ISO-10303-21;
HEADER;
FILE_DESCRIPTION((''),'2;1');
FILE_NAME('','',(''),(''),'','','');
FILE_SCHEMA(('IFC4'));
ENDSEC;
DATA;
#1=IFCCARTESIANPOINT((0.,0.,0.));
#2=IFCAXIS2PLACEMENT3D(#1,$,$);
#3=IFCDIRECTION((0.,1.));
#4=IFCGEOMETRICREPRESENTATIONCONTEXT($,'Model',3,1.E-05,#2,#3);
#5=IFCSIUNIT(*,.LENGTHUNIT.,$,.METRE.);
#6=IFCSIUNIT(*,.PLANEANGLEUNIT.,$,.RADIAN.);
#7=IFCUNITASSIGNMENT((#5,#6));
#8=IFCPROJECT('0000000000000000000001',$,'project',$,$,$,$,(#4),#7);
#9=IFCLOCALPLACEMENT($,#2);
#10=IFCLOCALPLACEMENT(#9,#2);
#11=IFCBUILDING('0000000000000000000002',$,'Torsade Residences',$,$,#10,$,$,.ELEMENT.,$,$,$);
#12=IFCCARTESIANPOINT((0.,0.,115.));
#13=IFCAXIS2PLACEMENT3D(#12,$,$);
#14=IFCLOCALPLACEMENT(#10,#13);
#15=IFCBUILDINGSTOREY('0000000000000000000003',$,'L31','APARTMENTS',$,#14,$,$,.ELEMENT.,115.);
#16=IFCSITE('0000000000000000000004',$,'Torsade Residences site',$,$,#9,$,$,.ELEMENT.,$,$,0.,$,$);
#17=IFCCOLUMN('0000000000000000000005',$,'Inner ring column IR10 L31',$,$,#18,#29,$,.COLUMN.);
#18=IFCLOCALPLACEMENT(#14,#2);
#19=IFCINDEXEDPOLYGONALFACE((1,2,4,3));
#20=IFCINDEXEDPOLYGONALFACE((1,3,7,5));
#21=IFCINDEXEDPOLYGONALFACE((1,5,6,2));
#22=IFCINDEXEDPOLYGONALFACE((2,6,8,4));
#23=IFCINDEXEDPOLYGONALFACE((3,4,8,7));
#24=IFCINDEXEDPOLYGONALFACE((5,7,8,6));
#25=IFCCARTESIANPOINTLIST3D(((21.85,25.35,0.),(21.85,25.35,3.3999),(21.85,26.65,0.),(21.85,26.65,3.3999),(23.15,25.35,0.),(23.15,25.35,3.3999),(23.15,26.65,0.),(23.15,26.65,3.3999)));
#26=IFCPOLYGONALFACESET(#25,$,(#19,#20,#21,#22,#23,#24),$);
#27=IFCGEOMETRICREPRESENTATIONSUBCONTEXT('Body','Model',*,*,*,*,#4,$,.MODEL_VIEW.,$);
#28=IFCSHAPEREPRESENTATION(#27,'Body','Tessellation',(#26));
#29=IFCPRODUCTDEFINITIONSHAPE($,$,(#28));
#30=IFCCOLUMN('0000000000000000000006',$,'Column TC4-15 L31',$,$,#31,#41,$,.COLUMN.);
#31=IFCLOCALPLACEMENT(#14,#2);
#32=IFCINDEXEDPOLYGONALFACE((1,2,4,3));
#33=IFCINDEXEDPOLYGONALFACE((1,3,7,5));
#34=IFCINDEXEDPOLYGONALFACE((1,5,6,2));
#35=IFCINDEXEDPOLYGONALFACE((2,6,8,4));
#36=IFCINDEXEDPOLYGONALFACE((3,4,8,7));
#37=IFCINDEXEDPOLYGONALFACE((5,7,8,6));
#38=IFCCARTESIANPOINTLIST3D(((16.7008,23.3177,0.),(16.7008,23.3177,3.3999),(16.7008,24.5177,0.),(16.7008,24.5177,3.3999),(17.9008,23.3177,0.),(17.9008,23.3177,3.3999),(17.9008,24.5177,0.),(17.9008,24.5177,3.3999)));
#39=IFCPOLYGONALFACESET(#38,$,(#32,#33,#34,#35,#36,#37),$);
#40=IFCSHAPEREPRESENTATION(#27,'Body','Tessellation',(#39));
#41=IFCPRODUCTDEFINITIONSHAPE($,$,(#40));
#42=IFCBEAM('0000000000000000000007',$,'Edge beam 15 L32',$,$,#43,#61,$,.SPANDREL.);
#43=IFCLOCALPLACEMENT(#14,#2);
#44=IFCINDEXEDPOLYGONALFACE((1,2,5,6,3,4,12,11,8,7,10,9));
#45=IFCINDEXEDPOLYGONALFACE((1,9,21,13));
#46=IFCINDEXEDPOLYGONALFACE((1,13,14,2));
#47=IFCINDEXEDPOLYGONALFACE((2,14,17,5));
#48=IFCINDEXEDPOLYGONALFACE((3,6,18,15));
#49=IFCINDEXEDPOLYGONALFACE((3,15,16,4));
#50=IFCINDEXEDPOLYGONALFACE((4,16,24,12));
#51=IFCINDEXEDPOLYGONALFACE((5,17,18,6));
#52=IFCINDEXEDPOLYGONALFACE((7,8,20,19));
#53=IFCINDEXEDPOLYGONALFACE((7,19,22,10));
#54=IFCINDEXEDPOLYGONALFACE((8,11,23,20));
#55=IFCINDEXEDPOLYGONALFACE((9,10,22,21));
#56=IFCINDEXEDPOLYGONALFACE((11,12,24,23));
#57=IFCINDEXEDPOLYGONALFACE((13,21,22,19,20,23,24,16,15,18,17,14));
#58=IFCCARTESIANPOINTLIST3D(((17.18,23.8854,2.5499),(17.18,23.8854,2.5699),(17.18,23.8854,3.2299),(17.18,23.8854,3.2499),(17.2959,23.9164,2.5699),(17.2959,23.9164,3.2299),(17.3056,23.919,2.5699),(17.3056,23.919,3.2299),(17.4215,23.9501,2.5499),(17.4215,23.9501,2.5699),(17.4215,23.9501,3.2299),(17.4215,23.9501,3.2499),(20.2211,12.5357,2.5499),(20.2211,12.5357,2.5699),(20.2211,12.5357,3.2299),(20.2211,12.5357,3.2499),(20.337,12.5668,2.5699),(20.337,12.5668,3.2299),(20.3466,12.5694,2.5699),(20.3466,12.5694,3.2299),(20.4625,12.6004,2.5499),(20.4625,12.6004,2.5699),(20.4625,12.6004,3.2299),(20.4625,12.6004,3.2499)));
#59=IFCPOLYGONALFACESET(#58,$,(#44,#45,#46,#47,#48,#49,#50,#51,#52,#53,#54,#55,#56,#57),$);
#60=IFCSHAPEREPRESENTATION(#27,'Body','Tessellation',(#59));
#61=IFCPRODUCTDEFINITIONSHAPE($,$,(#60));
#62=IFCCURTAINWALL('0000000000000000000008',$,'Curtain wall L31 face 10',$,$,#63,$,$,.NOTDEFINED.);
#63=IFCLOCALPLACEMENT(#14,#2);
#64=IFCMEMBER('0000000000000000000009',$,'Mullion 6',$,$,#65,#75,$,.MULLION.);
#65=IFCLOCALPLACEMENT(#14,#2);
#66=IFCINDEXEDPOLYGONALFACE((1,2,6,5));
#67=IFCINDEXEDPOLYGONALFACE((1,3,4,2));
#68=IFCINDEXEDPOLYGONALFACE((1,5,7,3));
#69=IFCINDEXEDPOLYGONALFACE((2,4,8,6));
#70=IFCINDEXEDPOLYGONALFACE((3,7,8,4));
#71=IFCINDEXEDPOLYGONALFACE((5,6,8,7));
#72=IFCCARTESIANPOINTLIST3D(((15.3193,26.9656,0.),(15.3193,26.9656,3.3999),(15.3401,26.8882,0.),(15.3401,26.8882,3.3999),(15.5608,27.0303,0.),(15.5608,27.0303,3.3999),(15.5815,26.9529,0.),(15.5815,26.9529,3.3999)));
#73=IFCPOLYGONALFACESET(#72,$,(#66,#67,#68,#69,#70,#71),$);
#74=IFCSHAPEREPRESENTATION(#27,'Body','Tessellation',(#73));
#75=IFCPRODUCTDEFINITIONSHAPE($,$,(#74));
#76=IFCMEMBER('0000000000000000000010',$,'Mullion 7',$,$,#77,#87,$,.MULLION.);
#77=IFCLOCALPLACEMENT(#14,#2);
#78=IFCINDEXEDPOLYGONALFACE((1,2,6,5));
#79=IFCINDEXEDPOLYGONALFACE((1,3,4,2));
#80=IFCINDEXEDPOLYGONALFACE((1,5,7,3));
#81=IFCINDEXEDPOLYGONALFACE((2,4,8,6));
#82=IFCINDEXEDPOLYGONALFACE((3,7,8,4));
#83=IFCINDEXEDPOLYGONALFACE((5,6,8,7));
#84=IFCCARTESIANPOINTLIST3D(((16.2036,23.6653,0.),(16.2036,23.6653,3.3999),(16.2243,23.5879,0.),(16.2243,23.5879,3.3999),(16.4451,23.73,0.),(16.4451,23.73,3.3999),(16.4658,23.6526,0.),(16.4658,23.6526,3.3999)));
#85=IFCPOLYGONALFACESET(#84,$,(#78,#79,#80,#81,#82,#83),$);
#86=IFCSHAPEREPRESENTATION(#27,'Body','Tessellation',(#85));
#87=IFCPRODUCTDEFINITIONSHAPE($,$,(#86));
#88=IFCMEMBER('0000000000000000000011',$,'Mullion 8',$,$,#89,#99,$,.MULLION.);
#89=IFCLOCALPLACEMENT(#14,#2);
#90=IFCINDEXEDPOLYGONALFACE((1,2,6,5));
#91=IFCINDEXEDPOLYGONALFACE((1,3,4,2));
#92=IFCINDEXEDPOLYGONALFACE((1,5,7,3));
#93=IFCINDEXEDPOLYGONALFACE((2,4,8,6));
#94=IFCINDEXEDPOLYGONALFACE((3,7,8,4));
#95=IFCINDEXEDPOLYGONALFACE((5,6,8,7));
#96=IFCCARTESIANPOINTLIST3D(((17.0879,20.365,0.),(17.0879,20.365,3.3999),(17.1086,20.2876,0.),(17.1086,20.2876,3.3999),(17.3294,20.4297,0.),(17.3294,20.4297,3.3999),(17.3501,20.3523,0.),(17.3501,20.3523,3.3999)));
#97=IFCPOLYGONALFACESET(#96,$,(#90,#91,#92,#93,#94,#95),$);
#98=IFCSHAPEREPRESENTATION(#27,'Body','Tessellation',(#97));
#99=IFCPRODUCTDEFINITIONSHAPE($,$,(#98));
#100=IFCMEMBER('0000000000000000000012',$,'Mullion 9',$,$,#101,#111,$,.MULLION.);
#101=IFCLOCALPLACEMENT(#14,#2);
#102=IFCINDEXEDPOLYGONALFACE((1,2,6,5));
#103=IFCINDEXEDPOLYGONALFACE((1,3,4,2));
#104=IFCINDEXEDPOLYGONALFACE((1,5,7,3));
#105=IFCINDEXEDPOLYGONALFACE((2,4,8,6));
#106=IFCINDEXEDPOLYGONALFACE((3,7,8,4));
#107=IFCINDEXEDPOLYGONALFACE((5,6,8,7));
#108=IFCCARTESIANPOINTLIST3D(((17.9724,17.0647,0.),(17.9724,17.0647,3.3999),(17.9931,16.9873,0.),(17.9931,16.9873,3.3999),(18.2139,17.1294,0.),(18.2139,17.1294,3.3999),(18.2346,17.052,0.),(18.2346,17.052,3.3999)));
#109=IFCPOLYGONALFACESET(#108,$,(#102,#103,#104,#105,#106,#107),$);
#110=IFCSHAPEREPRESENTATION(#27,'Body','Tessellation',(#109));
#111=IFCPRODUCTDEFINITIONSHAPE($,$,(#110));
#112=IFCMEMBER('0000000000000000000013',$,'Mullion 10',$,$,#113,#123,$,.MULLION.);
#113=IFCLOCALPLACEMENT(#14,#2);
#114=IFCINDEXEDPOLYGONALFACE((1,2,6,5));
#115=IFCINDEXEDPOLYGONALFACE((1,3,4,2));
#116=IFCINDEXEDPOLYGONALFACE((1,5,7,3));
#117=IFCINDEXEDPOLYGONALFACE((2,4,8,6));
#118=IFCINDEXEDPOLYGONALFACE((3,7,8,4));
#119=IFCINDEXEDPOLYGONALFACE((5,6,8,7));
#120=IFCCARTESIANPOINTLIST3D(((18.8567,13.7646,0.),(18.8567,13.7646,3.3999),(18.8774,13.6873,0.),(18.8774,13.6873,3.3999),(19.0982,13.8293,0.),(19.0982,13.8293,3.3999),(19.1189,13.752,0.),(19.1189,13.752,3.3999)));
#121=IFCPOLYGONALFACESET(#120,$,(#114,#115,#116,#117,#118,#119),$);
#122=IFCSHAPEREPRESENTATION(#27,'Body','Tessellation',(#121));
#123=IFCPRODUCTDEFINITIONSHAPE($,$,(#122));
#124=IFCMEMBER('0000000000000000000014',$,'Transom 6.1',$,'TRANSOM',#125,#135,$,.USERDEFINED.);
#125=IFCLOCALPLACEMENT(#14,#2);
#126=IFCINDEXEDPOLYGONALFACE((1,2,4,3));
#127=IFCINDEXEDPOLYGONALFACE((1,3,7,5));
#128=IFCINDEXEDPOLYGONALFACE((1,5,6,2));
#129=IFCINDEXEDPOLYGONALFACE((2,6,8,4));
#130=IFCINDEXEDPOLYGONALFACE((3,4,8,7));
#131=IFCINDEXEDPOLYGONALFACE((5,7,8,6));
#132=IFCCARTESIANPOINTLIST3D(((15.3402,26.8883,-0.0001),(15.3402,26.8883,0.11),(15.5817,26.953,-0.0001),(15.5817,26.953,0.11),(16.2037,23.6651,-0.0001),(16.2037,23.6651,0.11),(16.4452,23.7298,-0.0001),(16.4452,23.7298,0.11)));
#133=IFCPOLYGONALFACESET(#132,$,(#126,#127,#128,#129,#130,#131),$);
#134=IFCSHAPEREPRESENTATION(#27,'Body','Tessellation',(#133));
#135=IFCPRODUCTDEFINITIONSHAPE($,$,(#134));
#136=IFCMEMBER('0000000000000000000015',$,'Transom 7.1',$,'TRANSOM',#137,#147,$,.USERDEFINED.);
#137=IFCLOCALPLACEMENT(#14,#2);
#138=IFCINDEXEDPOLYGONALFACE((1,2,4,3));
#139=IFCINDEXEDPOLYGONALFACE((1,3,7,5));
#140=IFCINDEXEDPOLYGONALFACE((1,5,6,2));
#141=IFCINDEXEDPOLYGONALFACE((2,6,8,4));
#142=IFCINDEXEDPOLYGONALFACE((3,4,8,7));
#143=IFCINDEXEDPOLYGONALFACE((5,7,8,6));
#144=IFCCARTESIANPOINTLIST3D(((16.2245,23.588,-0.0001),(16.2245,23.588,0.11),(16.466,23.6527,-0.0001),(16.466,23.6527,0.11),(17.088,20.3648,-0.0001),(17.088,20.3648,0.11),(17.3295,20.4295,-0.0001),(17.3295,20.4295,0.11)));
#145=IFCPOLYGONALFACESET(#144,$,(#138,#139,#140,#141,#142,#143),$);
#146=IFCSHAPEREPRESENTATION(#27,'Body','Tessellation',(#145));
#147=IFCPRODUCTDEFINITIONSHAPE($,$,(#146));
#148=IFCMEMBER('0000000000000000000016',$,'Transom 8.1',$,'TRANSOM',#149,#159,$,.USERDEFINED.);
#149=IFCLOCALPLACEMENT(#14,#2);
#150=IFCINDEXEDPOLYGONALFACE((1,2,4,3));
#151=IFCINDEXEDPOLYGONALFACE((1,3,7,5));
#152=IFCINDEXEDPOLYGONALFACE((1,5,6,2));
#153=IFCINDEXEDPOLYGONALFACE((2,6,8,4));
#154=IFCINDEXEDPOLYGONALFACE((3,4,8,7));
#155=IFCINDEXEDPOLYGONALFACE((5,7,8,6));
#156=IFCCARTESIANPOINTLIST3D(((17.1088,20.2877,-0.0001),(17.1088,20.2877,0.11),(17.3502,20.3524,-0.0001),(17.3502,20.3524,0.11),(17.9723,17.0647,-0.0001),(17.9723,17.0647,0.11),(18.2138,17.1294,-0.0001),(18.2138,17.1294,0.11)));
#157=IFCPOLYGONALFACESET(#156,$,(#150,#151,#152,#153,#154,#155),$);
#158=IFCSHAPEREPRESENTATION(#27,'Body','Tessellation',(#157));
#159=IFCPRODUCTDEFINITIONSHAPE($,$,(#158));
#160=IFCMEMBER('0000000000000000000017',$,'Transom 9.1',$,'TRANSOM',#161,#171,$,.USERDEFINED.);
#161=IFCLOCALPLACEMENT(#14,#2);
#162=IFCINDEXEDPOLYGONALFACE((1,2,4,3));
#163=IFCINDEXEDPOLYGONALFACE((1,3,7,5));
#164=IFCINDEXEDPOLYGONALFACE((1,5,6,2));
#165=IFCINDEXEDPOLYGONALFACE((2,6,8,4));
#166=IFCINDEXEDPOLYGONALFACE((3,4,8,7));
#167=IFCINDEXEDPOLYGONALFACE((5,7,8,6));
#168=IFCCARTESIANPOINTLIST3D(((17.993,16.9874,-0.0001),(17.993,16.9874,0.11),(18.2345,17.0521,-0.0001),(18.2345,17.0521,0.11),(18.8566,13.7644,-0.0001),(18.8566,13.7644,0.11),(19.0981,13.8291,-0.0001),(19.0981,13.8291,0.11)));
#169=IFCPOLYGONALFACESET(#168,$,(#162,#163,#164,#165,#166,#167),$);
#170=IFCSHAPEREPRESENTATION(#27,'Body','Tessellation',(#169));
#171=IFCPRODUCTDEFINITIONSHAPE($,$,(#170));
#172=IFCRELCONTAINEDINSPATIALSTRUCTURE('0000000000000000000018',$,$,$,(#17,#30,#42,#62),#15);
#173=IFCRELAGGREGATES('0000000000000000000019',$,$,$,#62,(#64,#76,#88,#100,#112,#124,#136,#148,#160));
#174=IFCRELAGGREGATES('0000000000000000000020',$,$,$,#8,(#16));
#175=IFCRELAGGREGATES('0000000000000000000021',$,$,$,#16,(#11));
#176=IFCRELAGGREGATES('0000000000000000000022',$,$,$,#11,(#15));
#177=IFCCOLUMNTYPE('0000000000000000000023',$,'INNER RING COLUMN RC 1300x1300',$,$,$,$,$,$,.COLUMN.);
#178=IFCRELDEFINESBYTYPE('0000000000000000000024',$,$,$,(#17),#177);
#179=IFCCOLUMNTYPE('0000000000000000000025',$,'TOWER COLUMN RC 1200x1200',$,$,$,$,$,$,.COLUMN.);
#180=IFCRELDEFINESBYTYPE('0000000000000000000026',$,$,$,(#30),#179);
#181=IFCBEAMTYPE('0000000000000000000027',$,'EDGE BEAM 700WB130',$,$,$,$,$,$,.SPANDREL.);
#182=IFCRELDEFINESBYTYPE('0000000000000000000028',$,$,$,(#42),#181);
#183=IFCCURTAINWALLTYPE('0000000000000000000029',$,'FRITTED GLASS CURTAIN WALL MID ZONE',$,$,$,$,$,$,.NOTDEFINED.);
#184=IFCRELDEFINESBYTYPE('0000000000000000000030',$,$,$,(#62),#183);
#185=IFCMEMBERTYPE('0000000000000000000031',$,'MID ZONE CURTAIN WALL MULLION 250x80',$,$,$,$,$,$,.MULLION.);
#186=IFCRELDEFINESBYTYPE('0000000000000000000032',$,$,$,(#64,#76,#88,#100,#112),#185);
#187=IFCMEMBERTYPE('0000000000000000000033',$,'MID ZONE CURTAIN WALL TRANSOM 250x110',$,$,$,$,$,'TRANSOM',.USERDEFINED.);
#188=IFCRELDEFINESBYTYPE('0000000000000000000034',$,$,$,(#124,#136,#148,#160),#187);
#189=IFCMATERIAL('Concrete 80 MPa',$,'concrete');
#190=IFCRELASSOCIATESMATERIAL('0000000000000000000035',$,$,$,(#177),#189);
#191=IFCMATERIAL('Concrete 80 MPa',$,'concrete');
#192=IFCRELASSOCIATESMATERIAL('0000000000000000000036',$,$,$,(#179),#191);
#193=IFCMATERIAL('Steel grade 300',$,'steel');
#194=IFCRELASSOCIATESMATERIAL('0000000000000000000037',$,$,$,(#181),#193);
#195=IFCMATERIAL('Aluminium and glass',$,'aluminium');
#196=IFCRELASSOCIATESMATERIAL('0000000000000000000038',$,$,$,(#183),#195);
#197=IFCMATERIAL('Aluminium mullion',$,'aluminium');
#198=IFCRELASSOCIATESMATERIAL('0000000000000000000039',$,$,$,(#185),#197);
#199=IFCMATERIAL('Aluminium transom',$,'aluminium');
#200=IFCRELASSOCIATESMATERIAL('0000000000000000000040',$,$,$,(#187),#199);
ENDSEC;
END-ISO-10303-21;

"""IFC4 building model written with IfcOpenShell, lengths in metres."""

from ifc_helpers import new_model, si_unit, direction, frame, origin, origin_2d, place, context, subcontext, project, spatial, rectangle, i_section, extrude, material, material_profile, profile_set, type_object, element, aggregate, save


model = new_model("IFC4")

# Units and contexts
model_context = context("Model", 3, precision=1e-05, world=origin(), true_north=direction((0.0, 1.0)))
body_context = subcontext(model_context, "Body", "Model", "MODEL_VIEW")
ifc_project = project(units=[si_unit("LENGTHUNIT", "METRE"), si_unit("PLANEANGLEUNIT", "RADIAN")], contexts=[model_context])

# Site, building, storey
site_placement = place(None, origin())
site = spatial("IfcSite", under=ifc_project, at=site_placement, Name="Torsade Residences site", CompositionType="ELEMENT", RefElevation=0.0)
building_placement = place(site_placement, origin())
building = spatial("IfcBuilding", under=site, at=building_placement, Name="Torsade Residences", CompositionType="ELEMENT")
storey_placement = place(building_placement, frame((0.0, 0.0, 115.0)))
storey = spatial("IfcBuildingStorey", under=building, at=storey_placement, Name="L31", Description="APARTMENTS", CompositionType="ELEMENT", Elevation=115.0)

# Columns
ifc_material_1 = material(Name="Concrete 80 MPa", Category="concrete")
ifc_material_profile_1 = material_profile(ifc_material_1, rectangle(XDim=1.3, YDim=1.3, at=origin_2d()), Name="RC 1300x1300")
ifc_profile_set_1 = profile_set([ifc_material_profile_1], Name="Concrete 80 MPa")
column_type_1 = type_object("IfcColumnType", Name="INNER RING COLUMN RC 1300x1300", PredefinedType="COLUMN", material=ifc_profile_set_1)
column_1_placement = place(storey_placement, frame((22.5, 26.0, 0.0), z_axis=(0.0, 0.0, 1.0), x_axis=(1.0, 0.0, 0.0)))
element("IfcColumn", 1, at=column_1_placement, inside=storey, type_object=column_type_1, Name="Inner ring column IR10 L31", PredefinedType="COLUMN", context=body_context, shape_type="SweptSolid", body=[
    extrude(rectangle(XDim=1.3, YDim=1.3, at=origin_2d()), origin(), (0.0, 0.0, 1.0), 3.3999),
])
ifc_material_2 = material(Name="Concrete 80 MPa", Category="concrete")
ifc_material_profile_2 = material_profile(ifc_material_2, rectangle(XDim=1.2, YDim=1.2, at=origin_2d()), Name="RC 1200x1200")
ifc_profile_set_2 = profile_set([ifc_material_profile_2], Name="Concrete 80 MPa")
column_type_2 = type_object("IfcColumnType", Name="TOWER COLUMN RC 1200x1200", PredefinedType="COLUMN", material=ifc_profile_set_2)
column_2_placement = place(storey_placement, frame((17.3008, 23.9177, 0.0), z_axis=(0.0, 0.0, 1.0), x_axis=(1.0, 0.0, 0.0)))
element("IfcColumn", 2, at=column_2_placement, inside=storey, type_object=column_type_2, Name="Column TC4-15 L31", PredefinedType="COLUMN", context=body_context, shape_type="SweptSolid", body=[
    extrude(rectangle(XDim=1.2, YDim=1.2, at=origin_2d()), origin(), (0.0, 0.0, 1.0), 3.3999),
])

# Beam
ifc_material_3 = material(Name="Steel grade 300", Category="steel")
ifc_material_profile_3 = material_profile(ifc_material_3, i_section(OverallWidth=0.25, OverallDepth=0.7, WebThickness=0.01, FlangeThickness=0.02, at=origin_2d()), Name="700WB130")
ifc_profile_set_3 = profile_set([ifc_material_profile_3], Name="Steel grade 300")
beam_type_1 = type_object("IfcBeamType", Name="EDGE BEAM 700WB130", PredefinedType="SPANDREL", material=ifc_profile_set_3)
beam_1_placement = place(storey_placement, frame((17.3008, 23.9177, 2.8999), z_axis=(0.258811, -0.965928, 0.0), x_axis=(0.965928, 0.258811, 0.0)))
element("IfcBeam", 3, at=beam_1_placement, inside=storey, type_object=beam_type_1, Name="Edge beam 15 L32", PredefinedType="SPANDREL", context=body_context, shape_type="SweptSolid", body=[
    extrude(i_section(OverallWidth=0.25, OverallDepth=0.7, WebThickness=0.01, FlangeThickness=0.02, at=origin_2d()), origin(), (0.0, 0.0, 1.0), 11.75),
])

# Curtain wall, members
ifc_material_4 = material(Name="Aluminium and glass", Category="aluminium")
curtain_wall_type = type_object("IfcCurtainWallType", Name="FRITTED GLASS CURTAIN WALL MID ZONE", PredefinedType="NOTDEFINED", material=ifc_material_4)
curtain_wall_placement = place(storey_placement, origin())
curtain_wall = element("IfcCurtainWall", 4, at=curtain_wall_placement, inside=storey, type_object=curtain_wall_type, Name="Curtain wall L31 face 10", PredefinedType="NOTDEFINED")
ifc_material_5 = material(Name="Aluminium mullion", Category="aluminium")
ifc_material_profile_4 = material_profile(ifc_material_5, rectangle(XDim=0.25, YDim=0.0801, at=origin_2d()), Name="MID ZONE CURTAIN WALL MULLION 250x80")
ifc_profile_set_4 = profile_set([ifc_material_profile_4], Name="Aluminium mullion")
member_type_1 = type_object("IfcMemberType", Name="MID ZONE CURTAIN WALL MULLION 250x80", PredefinedType="MULLION", material=ifc_profile_set_4)
member_1_placement = place(storey_placement, frame((15.4504, 26.9592, 0.0), z_axis=(0.0, 0.0, 1.0), x_axis=(0.965926, 0.258819, 0.0)))
member_1 = element("IfcMember", 5, at=member_1_placement, type_object=member_type_1, Name="Mullion 6", PredefinedType="MULLION", context=body_context, shape_type="SweptSolid", body=[
    extrude(rectangle(XDim=0.25, YDim=0.0801, at=origin_2d()), origin(), (0.0, 0.0, 1.0), 3.3999),
])
member_2_placement = place(storey_placement, frame((16.3347, 23.6589, 0.0), z_axis=(0.0, 0.0, 1.0), x_axis=(0.965926, 0.258819, 0.0)))
member_2 = element("IfcMember", 6, at=member_2_placement, type_object=member_type_1, Name="Mullion 7", PredefinedType="MULLION", context=body_context, shape_type="SweptSolid", body=[
    extrude(rectangle(XDim=0.25, YDim=0.0801, at=origin_2d()), origin(), (0.0, 0.0, 1.0), 3.3999),
])
member_3_placement = place(storey_placement, frame((17.219, 20.3586, 0.0), z_axis=(0.0, 0.0, 1.0), x_axis=(0.965926, 0.258819, 0.0)))
member_3 = element("IfcMember", 7, at=member_3_placement, type_object=member_type_1, Name="Mullion 8", PredefinedType="MULLION", context=body_context, shape_type="SweptSolid", body=[
    extrude(rectangle(XDim=0.25, YDim=0.0801, at=origin_2d()), origin(), (0.0, 0.0, 1.0), 3.3999),
])
member_4_placement = place(storey_placement, frame((18.1035, 17.0583, 0.0), z_axis=(0.0, 0.0, 1.0), x_axis=(0.965926, 0.258819, 0.0)))
member_4 = element("IfcMember", 8, at=member_4_placement, type_object=member_type_1, Name="Mullion 9", PredefinedType="MULLION", context=body_context, shape_type="SweptSolid", body=[
    extrude(rectangle(XDim=0.25, YDim=0.0801, at=origin_2d()), origin(), (0.0, 0.0, 1.0), 3.3999),
])
member_5_placement = place(storey_placement, frame((18.9878, 13.7583, 0.0), z_axis=(0.0, 0.0, 1.0), x_axis=(0.965926, 0.258819, 0.0)))
member_5 = element("IfcMember", 9, at=member_5_placement, type_object=member_type_1, Name="Mullion 10", PredefinedType="MULLION", context=body_context, shape_type="SweptSolid", body=[
    extrude(rectangle(XDim=0.25, YDim=0.0801, at=origin_2d()), origin(), (0.0, 0.0, 1.0), 3.3999),
])
ifc_material_6 = material(Name="Aluminium transom", Category="aluminium")
ifc_material_profile_5 = material_profile(ifc_material_6, rectangle(XDim=0.25, YDim=0.1101, at=origin_2d()), Name="MID ZONE CURTAIN WALL TRANSOM 250x110")
ifc_profile_set_5 = profile_set([ifc_material_profile_5], Name="Aluminium transom")
member_type_2 = type_object("IfcMemberType", Name="MID ZONE CURTAIN WALL TRANSOM 250x110", ElementType="TRANSOM", PredefinedType="USERDEFINED", material=ifc_profile_set_5)
member_6_placement = place(storey_placement, frame((15.4609, 26.9207, 0.0549), z_axis=(0.258787, -0.965934, 0.0), x_axis=(0.965934, 0.258787, 0.0)))
member_6 = element("IfcMember", 10, at=member_6_placement, type_object=member_type_2, Name="Transom 6.1", ObjectType="TRANSOM", PredefinedType="USERDEFINED", context=body_context, shape_type="SweptSolid", body=[
    extrude(rectangle(XDim=0.25, YDim=0.1101, at=origin_2d()), origin(), (0.0, 0.0, 1.0), 3.3369),
])
member_7_placement = place(storey_placement, frame((16.3452, 23.6204, 0.0549), z_axis=(0.258787, -0.965934, 0.0), x_axis=(0.965934, 0.258787, 0.0)))
member_7 = element("IfcMember", 11, at=member_7_placement, type_object=member_type_2, Name="Transom 7.1", ObjectType="TRANSOM", PredefinedType="USERDEFINED", context=body_context, shape_type="SweptSolid", body=[
    extrude(rectangle(XDim=0.25, YDim=0.1101, at=origin_2d()), origin(), (0.0, 0.0, 1.0), 3.3369),
])
member_8_placement = place(storey_placement, frame((17.2295, 20.3201, 0.0549), z_axis=(0.258806, -0.965929, 0.0), x_axis=(0.965929, 0.258806, 0.0)))
member_8 = element("IfcMember", 12, at=member_8_placement, type_object=member_type_2, Name="Transom 8.1", ObjectType="TRANSOM", PredefinedType="USERDEFINED", context=body_context, shape_type="SweptSolid", body=[
    extrude(rectangle(XDim=0.25, YDim=0.1101, at=origin_2d()), origin(), (0.0, 0.0, 1.0), 3.3367),
])
member_9_placement = place(storey_placement, frame((18.1138, 17.0198, 0.0549), z_axis=(0.258806, -0.965929, 0.0), x_axis=(0.965929, 0.258806, 0.0)))
member_9 = element("IfcMember", 13, at=member_9_placement, type_object=member_type_2, Name="Transom 9.1", ObjectType="TRANSOM", PredefinedType="USERDEFINED", context=body_context, shape_type="SweptSolid", body=[
    extrude(rectangle(XDim=0.25, YDim=0.1101, at=origin_2d()), origin(), (0.0, 0.0, 1.0), 3.3367),
])

aggregate(curtain_wall, [member_1, member_2, member_3, member_4, member_5, member_6, member_7, member_8, member_9])

save(model, "model.ifc")
